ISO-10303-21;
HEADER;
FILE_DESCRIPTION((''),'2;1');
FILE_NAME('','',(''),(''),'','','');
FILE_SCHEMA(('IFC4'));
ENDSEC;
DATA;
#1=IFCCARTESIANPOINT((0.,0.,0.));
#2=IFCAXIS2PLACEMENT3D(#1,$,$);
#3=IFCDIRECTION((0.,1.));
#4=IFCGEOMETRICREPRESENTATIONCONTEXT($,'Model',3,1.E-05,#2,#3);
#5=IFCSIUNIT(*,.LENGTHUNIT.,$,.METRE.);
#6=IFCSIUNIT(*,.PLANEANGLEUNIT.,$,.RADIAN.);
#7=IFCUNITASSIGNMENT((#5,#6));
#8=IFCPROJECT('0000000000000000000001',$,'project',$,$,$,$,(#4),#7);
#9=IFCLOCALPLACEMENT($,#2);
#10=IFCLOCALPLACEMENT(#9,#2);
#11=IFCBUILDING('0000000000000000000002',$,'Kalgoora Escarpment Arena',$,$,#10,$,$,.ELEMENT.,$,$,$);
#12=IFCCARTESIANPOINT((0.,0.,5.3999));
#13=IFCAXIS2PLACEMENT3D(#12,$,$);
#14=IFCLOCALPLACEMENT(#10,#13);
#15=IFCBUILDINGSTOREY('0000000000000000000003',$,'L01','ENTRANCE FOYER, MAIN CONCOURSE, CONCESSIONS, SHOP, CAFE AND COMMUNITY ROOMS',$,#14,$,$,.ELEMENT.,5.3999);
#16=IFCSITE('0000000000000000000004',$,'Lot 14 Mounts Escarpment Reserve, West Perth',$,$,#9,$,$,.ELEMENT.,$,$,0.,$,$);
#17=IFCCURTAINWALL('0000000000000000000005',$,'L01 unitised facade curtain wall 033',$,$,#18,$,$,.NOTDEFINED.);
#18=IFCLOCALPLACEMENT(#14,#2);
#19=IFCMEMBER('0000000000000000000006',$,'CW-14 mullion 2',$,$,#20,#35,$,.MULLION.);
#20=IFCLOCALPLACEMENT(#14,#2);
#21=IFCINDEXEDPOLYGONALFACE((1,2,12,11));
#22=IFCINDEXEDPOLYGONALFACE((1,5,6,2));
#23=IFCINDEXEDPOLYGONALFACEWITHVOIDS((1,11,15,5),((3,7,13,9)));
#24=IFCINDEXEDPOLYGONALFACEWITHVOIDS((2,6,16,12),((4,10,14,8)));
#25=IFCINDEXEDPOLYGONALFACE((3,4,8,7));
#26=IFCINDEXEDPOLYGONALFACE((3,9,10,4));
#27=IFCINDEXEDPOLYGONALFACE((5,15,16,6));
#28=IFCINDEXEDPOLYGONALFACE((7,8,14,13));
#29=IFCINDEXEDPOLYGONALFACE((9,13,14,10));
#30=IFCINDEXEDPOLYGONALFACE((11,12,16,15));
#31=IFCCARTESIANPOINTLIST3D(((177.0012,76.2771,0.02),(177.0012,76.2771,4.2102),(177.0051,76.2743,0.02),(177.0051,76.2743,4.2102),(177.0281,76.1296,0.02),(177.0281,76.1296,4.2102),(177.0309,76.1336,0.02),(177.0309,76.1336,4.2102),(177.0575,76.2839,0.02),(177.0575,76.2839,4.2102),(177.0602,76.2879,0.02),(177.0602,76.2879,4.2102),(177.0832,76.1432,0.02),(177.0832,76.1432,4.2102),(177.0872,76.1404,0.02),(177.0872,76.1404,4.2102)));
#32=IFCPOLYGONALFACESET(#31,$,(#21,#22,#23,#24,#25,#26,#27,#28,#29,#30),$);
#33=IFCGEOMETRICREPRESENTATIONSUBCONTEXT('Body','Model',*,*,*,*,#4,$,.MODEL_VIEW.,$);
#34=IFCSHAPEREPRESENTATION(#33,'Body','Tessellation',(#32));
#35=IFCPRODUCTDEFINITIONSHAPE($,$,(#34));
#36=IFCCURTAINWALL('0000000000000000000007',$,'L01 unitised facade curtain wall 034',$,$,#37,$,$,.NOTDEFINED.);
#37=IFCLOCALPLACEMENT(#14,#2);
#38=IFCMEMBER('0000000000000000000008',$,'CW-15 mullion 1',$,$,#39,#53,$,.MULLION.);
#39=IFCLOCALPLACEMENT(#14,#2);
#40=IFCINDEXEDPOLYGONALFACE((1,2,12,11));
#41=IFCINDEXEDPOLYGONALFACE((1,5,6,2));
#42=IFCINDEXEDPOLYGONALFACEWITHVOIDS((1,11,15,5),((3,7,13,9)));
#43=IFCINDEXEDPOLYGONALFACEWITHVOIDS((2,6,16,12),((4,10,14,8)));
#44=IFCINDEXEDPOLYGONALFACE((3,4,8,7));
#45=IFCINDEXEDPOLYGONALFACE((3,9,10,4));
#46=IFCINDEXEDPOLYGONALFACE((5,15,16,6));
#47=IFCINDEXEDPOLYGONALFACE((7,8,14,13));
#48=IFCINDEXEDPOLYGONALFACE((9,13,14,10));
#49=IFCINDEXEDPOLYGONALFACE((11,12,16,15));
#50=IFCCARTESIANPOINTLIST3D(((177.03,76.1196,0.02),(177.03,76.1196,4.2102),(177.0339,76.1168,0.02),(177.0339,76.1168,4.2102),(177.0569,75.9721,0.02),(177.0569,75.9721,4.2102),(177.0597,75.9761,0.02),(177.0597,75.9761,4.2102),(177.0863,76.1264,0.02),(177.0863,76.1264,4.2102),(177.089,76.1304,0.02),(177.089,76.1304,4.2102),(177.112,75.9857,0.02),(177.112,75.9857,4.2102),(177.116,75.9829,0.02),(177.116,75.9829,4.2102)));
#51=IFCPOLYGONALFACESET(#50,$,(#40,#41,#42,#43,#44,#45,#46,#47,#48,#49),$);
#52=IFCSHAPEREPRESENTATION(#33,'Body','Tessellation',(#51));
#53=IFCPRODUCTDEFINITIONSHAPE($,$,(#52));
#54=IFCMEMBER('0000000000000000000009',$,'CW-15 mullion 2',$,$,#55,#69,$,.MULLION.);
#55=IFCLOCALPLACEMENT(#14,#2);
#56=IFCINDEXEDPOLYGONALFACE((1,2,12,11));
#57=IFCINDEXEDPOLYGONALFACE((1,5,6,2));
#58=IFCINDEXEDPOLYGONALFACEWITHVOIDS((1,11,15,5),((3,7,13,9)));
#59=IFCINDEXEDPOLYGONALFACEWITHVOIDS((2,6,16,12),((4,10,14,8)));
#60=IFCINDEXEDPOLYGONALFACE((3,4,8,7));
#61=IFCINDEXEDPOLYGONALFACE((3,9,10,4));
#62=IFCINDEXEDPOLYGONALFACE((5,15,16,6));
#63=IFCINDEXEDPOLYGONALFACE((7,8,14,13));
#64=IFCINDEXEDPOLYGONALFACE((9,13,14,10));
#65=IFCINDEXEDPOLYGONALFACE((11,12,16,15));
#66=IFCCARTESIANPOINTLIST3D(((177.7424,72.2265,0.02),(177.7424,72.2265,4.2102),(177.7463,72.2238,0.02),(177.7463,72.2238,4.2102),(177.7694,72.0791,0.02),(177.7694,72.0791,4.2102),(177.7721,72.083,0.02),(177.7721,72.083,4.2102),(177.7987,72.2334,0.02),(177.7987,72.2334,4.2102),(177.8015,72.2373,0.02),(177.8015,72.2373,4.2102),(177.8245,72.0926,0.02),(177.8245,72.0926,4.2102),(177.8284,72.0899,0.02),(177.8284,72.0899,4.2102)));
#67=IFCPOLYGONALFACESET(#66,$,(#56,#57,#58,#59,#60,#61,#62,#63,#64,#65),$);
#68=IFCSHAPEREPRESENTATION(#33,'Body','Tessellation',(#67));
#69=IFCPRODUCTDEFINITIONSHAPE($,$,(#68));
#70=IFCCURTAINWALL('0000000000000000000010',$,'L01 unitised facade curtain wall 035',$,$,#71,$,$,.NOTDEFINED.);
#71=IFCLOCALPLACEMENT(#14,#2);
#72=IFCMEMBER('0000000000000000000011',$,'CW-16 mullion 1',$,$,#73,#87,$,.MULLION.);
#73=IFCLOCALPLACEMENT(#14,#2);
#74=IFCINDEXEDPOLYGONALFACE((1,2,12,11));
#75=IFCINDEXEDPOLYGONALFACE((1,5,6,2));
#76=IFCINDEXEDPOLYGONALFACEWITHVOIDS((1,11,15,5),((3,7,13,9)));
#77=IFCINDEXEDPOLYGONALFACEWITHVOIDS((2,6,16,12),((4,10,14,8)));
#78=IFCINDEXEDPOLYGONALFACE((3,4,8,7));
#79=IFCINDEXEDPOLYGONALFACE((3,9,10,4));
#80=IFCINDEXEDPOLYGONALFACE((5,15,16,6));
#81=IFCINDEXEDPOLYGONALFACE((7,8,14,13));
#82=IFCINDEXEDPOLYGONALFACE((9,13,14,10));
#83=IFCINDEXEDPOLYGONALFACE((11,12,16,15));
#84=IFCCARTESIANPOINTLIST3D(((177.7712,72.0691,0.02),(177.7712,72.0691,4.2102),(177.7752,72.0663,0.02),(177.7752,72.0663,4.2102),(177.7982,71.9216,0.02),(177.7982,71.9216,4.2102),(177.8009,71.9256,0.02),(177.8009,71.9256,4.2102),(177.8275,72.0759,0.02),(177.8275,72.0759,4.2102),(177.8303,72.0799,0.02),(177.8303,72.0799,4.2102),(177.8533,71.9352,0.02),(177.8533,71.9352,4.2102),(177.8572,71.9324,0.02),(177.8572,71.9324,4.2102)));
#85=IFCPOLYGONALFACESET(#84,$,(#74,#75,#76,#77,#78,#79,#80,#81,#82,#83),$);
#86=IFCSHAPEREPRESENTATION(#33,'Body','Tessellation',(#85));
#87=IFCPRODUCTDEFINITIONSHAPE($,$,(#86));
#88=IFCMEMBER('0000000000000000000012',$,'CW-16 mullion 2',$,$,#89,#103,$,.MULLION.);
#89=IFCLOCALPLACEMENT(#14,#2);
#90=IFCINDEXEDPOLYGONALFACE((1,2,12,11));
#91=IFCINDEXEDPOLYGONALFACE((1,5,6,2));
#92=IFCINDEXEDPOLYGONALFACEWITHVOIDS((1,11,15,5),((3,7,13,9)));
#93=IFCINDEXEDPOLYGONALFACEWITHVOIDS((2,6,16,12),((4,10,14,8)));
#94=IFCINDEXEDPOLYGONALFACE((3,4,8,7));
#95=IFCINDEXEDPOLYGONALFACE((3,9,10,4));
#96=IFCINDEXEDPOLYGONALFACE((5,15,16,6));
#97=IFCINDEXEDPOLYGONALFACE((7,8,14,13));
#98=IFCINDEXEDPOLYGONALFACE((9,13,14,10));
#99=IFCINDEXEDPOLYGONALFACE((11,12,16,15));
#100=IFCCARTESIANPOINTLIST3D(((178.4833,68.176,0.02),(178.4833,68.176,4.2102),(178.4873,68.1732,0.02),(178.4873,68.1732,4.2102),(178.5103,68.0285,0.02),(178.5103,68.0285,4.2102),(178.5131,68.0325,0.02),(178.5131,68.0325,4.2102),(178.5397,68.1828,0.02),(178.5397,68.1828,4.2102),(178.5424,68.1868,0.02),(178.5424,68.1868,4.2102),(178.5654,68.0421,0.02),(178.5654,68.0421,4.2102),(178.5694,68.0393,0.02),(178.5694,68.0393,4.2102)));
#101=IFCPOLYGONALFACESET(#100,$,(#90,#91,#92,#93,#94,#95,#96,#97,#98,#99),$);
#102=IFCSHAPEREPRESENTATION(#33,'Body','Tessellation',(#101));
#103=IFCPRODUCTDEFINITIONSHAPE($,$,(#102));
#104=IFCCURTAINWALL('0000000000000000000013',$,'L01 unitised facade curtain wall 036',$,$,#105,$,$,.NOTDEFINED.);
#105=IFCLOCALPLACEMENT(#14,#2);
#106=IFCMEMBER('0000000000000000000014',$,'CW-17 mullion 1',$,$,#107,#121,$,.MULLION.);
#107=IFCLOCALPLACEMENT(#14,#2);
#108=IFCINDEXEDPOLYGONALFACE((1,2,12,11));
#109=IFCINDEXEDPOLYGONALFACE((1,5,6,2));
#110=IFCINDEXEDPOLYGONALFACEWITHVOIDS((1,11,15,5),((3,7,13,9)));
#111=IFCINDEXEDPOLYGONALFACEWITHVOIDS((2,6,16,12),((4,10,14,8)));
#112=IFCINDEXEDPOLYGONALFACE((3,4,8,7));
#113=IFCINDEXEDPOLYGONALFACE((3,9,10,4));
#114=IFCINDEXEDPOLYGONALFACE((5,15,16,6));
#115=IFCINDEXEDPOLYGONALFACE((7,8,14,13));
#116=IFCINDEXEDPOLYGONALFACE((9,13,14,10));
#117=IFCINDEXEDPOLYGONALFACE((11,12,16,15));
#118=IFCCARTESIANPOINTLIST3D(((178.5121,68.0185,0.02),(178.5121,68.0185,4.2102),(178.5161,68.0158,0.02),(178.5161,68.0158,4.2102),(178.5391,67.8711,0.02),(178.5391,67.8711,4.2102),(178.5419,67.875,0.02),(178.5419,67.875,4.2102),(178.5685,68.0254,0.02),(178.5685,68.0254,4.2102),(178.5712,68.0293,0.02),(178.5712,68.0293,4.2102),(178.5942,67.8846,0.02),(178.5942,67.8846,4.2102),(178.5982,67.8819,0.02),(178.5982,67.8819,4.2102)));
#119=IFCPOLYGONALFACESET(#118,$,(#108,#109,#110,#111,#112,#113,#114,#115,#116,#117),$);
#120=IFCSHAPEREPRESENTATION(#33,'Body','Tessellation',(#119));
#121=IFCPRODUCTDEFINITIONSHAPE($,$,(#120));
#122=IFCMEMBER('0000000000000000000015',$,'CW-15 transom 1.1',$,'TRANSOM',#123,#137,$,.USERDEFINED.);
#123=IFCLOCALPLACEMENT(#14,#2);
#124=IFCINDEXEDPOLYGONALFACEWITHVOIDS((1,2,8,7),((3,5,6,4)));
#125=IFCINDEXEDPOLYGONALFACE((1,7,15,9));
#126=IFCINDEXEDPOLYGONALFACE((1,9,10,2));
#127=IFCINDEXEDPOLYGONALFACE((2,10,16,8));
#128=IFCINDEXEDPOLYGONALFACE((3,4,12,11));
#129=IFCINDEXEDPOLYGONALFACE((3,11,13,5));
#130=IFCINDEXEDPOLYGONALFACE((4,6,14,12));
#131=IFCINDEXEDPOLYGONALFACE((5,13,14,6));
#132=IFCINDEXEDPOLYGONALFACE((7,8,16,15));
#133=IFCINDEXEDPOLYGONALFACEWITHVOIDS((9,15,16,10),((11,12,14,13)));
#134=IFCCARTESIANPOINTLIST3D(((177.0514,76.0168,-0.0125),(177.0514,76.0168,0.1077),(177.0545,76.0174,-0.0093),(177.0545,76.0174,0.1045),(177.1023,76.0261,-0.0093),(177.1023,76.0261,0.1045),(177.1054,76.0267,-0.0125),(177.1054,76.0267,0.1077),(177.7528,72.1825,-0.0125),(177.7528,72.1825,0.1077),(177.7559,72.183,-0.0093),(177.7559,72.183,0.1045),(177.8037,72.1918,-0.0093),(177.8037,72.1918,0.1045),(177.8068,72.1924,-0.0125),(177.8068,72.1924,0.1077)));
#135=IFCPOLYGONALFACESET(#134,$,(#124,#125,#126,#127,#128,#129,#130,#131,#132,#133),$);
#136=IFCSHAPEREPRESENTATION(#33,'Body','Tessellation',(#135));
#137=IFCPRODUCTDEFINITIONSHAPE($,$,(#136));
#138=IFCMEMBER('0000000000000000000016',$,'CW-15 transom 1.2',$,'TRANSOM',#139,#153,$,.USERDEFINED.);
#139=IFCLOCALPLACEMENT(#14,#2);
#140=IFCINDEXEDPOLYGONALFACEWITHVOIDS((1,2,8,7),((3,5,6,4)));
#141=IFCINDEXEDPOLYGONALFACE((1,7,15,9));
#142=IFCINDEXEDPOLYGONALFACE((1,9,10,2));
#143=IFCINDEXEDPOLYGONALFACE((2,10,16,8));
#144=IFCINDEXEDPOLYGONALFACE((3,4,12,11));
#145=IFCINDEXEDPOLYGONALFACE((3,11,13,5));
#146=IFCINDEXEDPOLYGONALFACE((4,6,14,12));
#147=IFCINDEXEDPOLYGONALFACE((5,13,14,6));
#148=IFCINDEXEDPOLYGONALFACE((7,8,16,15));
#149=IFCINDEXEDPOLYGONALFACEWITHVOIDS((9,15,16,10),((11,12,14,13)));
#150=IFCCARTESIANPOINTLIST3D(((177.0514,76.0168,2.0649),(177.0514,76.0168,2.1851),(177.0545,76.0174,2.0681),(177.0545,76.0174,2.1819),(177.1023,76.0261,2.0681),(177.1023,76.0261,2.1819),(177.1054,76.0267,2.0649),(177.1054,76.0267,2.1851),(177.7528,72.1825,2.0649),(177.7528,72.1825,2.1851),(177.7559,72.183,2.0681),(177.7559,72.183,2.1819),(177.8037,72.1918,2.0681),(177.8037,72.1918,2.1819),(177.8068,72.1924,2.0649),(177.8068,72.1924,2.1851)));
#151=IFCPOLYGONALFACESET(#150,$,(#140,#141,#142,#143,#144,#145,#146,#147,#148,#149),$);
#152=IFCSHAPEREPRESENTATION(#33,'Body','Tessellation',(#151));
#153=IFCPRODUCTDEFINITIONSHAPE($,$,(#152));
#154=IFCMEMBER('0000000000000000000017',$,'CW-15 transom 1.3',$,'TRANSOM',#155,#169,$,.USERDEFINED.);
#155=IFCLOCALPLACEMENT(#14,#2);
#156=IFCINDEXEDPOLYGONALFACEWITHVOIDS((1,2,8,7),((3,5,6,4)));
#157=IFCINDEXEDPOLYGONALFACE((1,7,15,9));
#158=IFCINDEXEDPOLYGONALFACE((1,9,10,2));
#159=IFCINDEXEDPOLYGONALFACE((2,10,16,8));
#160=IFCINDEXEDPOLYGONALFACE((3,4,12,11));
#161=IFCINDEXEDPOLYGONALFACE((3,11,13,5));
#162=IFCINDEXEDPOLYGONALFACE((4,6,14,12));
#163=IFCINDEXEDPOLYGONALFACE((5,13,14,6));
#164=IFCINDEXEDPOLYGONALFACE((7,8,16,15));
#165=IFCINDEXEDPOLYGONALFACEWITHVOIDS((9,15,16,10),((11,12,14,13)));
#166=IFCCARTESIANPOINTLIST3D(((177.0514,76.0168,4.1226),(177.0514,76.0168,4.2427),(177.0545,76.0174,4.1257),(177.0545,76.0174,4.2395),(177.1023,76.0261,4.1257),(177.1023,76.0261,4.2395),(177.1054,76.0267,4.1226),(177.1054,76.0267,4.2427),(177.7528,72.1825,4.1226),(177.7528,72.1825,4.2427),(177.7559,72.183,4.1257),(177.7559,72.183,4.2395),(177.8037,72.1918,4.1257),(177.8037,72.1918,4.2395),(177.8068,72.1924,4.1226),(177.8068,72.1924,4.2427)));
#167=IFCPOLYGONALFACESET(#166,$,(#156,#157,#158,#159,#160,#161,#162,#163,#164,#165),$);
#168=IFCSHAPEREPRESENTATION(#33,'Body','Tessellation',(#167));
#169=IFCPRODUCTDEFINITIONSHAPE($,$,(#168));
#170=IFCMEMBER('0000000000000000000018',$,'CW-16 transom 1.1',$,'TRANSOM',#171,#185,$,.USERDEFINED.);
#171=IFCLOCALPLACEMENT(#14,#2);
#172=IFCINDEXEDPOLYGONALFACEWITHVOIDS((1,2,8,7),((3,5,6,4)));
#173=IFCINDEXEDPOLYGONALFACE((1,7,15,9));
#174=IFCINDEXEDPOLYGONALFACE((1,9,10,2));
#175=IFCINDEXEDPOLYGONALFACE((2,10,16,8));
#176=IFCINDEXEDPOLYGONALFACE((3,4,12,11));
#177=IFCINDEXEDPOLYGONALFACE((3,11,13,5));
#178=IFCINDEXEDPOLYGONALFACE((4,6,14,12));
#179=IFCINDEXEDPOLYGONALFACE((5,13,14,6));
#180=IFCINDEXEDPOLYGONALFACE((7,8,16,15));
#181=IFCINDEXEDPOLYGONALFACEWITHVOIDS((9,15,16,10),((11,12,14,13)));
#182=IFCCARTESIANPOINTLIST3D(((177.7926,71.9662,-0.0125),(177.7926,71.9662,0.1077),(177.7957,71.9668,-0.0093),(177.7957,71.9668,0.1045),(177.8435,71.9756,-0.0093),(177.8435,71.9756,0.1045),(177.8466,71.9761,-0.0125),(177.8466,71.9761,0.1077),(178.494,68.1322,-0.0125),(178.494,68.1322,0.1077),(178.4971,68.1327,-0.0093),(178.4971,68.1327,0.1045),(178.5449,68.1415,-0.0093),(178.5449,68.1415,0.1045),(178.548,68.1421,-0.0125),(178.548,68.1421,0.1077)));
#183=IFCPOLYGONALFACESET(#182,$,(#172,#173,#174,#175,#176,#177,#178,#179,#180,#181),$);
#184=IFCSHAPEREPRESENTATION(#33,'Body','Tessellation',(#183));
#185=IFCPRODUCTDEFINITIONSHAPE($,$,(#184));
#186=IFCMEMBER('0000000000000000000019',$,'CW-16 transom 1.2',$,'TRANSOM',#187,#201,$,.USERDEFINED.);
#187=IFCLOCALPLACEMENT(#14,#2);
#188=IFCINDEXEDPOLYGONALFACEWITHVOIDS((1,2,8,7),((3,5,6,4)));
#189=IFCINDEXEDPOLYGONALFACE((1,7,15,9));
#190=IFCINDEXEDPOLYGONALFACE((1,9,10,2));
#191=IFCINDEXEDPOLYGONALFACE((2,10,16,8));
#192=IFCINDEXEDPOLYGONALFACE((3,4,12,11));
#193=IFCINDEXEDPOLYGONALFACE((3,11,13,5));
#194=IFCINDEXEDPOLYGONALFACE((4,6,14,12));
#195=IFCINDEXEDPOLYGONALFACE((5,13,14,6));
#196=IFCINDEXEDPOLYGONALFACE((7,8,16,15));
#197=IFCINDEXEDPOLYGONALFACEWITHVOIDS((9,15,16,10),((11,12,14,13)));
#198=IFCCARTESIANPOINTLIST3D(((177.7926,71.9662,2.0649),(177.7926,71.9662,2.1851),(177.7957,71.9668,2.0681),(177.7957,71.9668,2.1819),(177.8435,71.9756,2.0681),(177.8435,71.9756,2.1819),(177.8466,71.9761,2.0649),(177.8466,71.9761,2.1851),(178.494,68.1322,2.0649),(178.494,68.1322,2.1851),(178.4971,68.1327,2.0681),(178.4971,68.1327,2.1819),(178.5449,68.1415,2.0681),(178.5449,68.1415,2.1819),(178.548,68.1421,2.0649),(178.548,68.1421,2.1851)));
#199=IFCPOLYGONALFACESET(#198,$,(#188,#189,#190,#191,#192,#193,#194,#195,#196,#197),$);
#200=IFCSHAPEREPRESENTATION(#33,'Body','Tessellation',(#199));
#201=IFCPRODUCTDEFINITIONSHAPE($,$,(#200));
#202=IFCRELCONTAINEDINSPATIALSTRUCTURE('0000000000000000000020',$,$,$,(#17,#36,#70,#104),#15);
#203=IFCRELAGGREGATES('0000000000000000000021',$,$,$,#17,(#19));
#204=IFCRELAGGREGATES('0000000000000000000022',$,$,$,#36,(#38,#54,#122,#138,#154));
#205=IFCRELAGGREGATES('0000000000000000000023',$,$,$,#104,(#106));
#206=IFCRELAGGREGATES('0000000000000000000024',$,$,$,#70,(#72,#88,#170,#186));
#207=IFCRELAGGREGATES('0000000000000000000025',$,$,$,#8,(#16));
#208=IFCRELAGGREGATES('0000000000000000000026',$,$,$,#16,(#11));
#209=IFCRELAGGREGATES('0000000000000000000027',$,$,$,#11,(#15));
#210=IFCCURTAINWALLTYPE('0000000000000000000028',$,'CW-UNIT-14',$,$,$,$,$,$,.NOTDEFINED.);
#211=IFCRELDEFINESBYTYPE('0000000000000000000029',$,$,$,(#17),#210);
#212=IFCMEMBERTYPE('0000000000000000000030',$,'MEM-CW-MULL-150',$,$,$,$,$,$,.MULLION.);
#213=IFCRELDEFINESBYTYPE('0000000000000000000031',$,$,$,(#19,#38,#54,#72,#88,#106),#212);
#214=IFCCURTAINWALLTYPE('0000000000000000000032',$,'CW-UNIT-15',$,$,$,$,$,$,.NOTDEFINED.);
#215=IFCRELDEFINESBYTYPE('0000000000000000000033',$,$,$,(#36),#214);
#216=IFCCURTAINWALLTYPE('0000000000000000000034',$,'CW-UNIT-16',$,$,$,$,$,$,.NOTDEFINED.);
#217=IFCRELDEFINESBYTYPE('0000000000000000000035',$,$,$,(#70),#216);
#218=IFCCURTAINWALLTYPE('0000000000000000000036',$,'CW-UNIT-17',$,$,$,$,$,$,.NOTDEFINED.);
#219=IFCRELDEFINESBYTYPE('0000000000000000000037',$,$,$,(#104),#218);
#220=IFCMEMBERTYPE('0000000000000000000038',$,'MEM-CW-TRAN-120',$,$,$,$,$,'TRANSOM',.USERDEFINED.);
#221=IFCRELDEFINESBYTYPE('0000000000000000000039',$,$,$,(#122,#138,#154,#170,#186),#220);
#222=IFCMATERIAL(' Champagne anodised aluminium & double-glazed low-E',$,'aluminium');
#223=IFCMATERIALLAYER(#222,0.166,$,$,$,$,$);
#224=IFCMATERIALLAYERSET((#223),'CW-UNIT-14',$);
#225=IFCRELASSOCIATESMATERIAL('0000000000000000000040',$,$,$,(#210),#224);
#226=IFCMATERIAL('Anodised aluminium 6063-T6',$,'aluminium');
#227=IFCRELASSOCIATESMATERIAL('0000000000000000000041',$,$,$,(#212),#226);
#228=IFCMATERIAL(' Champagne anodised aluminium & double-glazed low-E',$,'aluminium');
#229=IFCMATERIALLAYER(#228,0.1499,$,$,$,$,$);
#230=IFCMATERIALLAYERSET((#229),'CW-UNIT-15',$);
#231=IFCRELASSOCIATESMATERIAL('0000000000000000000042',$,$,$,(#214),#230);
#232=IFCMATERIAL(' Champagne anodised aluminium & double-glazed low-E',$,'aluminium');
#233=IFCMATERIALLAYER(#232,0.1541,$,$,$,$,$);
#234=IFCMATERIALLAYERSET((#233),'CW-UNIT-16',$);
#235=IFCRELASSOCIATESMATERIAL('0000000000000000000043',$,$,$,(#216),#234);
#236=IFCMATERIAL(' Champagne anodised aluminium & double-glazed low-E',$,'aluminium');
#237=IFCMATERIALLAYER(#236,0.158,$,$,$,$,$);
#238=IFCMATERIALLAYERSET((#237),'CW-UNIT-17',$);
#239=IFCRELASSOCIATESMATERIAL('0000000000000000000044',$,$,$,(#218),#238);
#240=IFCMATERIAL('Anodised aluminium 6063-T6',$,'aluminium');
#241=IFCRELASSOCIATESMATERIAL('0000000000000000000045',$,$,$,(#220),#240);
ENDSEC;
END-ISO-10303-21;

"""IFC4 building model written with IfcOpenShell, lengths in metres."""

from ifc_helpers import new_model, si_unit, direction, frame, origin, origin_2d, place, context, subcontext, project, spatial, hollow_rectangle, extrude, material, layer, layer_set, material_profile, profile_set, type_object, element, aggregate, save


model = new_model("IFC4")

# Units and contexts
model_context = context("Model", 3, precision=1e-05, world=origin(), true_north=direction((0.0, 1.0)))
body_context = subcontext(model_context, "Body", "Model", "MODEL_VIEW")
ifc_project = project(units=[si_unit("LENGTHUNIT", "METRE"), si_unit("PLANEANGLEUNIT", "RADIAN")], contexts=[model_context])

# Site, building, storey
site_placement = place(None, origin())
site = spatial("IfcSite", under=ifc_project, at=site_placement, Name="Lot 14 Mounts Escarpment Reserve, West Perth", CompositionType="ELEMENT", RefElevation=0.0)
building_placement = place(site_placement, origin())
building = spatial("IfcBuilding", under=site, at=building_placement, Name="Kalgoora Escarpment Arena", CompositionType="ELEMENT")
storey_placement = place(building_placement, frame((0.0, 0.0, 5.3999)))
storey = spatial("IfcBuildingStorey", under=building, at=storey_placement, Name="L01", Description="ENTRANCE FOYER, MAIN CONCOURSE, CONCESSIONS, SHOP, CAFE AND COMMUNITY ROOMS", CompositionType="ELEMENT", Elevation=5.3999)

# Curtain wall, member
ifc_material_1 = material(Name=" Champagne anodised aluminium & double-glazed low-E", Category="aluminium")
ifc_layer_1 = layer(ifc_material_1, 0.166)
ifc_layer_set_1 = layer_set([ifc_layer_1], Name="CW-UNIT-14")
curtain_wall_type_1 = type_object("IfcCurtainWallType", Name="CW-UNIT-14", PredefinedType="NOTDEFINED", material=ifc_layer_set_1)
curtain_wall_1_placement = place(storey_placement, origin())
curtain_wall_1 = element("IfcCurtainWall", 1, at=curtain_wall_1_placement, inside=storey, type_object=curtain_wall_type_1, Name="L01 unitised facade curtain wall 033", PredefinedType="NOTDEFINED")
ifc_material_2 = material(Name="Anodised aluminium 6063-T6", Category="aluminium")
ifc_material_profile_1 = material_profile(ifc_material_2, hollow_rectangle(XDim=0.0601, YDim=0.1499, WallThickness=0.0034, at=origin_2d()))
ifc_profile_set_1 = profile_set([ifc_material_profile_1], Name="Anodised aluminium 6063-T6")
member_type_1 = type_object("IfcMemberType", Name="MEM-CW-MULL-150", PredefinedType="MULLION", material=ifc_profile_set_1)
member_1_placement = place(storey_placement, frame((177.0442, 76.2087, 0.02), z_axis=(0.0, 0.0, 1.0), x_axis=(0.983671, 0.179978, 0.0)))
member_1 = element("IfcMember", 2, at=member_1_placement, type_object=member_type_1, Name="CW-14 mullion 2", PredefinedType="MULLION", context=body_context, shape_type="SweptSolid", body=[
    extrude(hollow_rectangle(XDim=0.0601, YDim=0.1499, WallThickness=0.0034, at=origin_2d()), origin(), (0.0, 0.0, 1.0), 4.1902),
])
aggregate(curtain_wall_1, [member_1])

# Curtain walls, members
ifc_material_3 = material(Name=" Champagne anodised aluminium & double-glazed low-E", Category="aluminium")
ifc_layer_2 = layer(ifc_material_3, 0.1499)
ifc_layer_set_2 = layer_set([ifc_layer_2], Name="CW-UNIT-15")
curtain_wall_type_2 = type_object("IfcCurtainWallType", Name="CW-UNIT-15", PredefinedType="NOTDEFINED", material=ifc_layer_set_2)
curtain_wall_2_placement = place(storey_placement, origin())
curtain_wall_2 = element("IfcCurtainWall", 3, at=curtain_wall_2_placement, inside=storey, type_object=curtain_wall_type_2, Name="L01 unitised facade curtain wall 034", PredefinedType="NOTDEFINED")
member_2_placement = place(storey_placement, frame((177.073, 76.0513, 0.02), z_axis=(0.0, 0.0, 1.0), x_axis=(0.983671, 0.179974, 0.0)))
member_2 = element("IfcMember", 4, at=member_2_placement, type_object=member_type_1, Name="CW-15 mullion 1", PredefinedType="MULLION", context=body_context, shape_type="SweptSolid", body=[
    extrude(hollow_rectangle(XDim=0.0601, YDim=0.1499, WallThickness=0.0034, at=origin_2d()), origin(), (0.0, 0.0, 1.0), 4.1902),
])
member_3_placement = place(storey_placement, frame((177.7854, 72.1582, 0.02), z_axis=(0.0, 0.0, 1.0), x_axis=(0.983671, 0.179974, 0.0)))
member_3 = element("IfcMember", 5, at=member_3_placement, type_object=member_type_1, Name="CW-15 mullion 2", PredefinedType="MULLION", context=body_context, shape_type="SweptSolid", body=[
    extrude(hollow_rectangle(XDim=0.0601, YDim=0.1499, WallThickness=0.0034, at=origin_2d()), origin(), (0.0, 0.0, 1.0), 4.1902),
])
ifc_material_4 = material(Name=" Champagne anodised aluminium & double-glazed low-E", Category="aluminium")
ifc_layer_3 = layer(ifc_material_4, 0.1541)
ifc_layer_set_3 = layer_set([ifc_layer_3], Name="CW-UNIT-16")
curtain_wall_type_3 = type_object("IfcCurtainWallType", Name="CW-UNIT-16", PredefinedType="NOTDEFINED", material=ifc_layer_set_3)
curtain_wall_3_placement = place(storey_placement, origin())
curtain_wall_3 = element("IfcCurtainWall", 6, at=curtain_wall_3_placement, inside=storey, type_object=curtain_wall_type_3, Name="L01 unitised facade curtain wall 035", PredefinedType="NOTDEFINED")
member_4_placement = place(storey_placement, frame((177.8142, 72.0007, 0.02), z_axis=(0.0, 0.0, 1.0), x_axis=(0.983671, 0.179974, 0.0)))
member_4 = element("IfcMember", 7, at=member_4_placement, type_object=member_type_1, Name="CW-16 mullion 1", PredefinedType="MULLION", context=body_context, shape_type="SweptSolid", body=[
    extrude(hollow_rectangle(XDim=0.0601, YDim=0.1499, WallThickness=0.0034, at=origin_2d()), origin(), (0.0, 0.0, 1.0), 4.1902),
])
member_5_placement = place(storey_placement, frame((178.5264, 68.1077, 0.02), z_axis=(0.0, 0.0, 1.0), x_axis=(0.983671, 0.179974, 0.0)))
member_5 = element("IfcMember", 8, at=member_5_placement, type_object=member_type_1, Name="CW-16 mullion 2", PredefinedType="MULLION", context=body_context, shape_type="SweptSolid", body=[
    extrude(hollow_rectangle(XDim=0.0601, YDim=0.1499, WallThickness=0.0034, at=origin_2d()), origin(), (0.0, 0.0, 1.0), 4.1902),
])

# Curtain wall, member
ifc_material_5 = material(Name=" Champagne anodised aluminium & double-glazed low-E", Category="aluminium")
ifc_layer_4 = layer(ifc_material_5, 0.158)
ifc_layer_set_4 = layer_set([ifc_layer_4], Name="CW-UNIT-17")
curtain_wall_type_4 = type_object("IfcCurtainWallType", Name="CW-UNIT-17", PredefinedType="NOTDEFINED", material=ifc_layer_set_4)
curtain_wall_4_placement = place(storey_placement, origin())
curtain_wall_4 = element("IfcCurtainWall", 9, at=curtain_wall_4_placement, inside=storey, type_object=curtain_wall_type_4, Name="L01 unitised facade curtain wall 036", PredefinedType="NOTDEFINED")
member_6_placement = place(storey_placement, frame((178.5552, 67.9502, 0.02), z_axis=(0.0, 0.0, 1.0), x_axis=(0.983666, 0.180002, 0.0)))
member_6 = element("IfcMember", 10, at=member_6_placement, type_object=member_type_1, Name="CW-17 mullion 1", PredefinedType="MULLION", context=body_context, shape_type="SweptSolid", body=[
    extrude(hollow_rectangle(XDim=0.0601, YDim=0.1499, WallThickness=0.0034, at=origin_2d()), origin(), (0.0, 0.0, 1.0), 4.1902),
])

# Members
ifc_material_6 = material(Name="Anodised aluminium 6063-T6", Category="aluminium")
ifc_material_profile_2 = material_profile(ifc_material_6, hollow_rectangle(XDim=0.0549, YDim=0.1201, WallThickness=0.0032, at=origin_2d()))
ifc_profile_set_2 = profile_set([ifc_material_profile_2], Name="Anodised aluminium 6063-T6")
member_type_2 = type_object("IfcMemberType", Name="MEM-CW-TRAN-120", ElementType="TRANSOM", PredefinedType="USERDEFINED", material=ifc_profile_set_2)
member_7_placement = place(storey_placement, frame((177.0784, 76.0217, 0.0476), z_axis=(0.179949, -0.983676, 0.0), x_axis=(0.983676, 0.179949, 0.0)))
member_7 = element("IfcMember", 11, at=member_7_placement, type_object=member_type_2, Name="CW-15 transom 1.1", ObjectType="TRANSOM", PredefinedType="USERDEFINED", context=body_context, shape_type="SweptSolid", body=[
    extrude(hollow_rectangle(XDim=0.0549, YDim=0.1201, WallThickness=0.0032, at=origin_2d()), origin(), (0.0, 0.0, 1.0), 3.8979),
])
member_8_placement = place(storey_placement, frame((177.0784, 76.0217, 2.125), z_axis=(0.179949, -0.983676, 0.0), x_axis=(0.983676, 0.179949, 0.0)))
member_8 = element("IfcMember", 12, at=member_8_placement, type_object=member_type_2, Name="CW-15 transom 1.2", ObjectType="TRANSOM", PredefinedType="USERDEFINED", context=body_context, shape_type="SweptSolid", body=[
    extrude(hollow_rectangle(XDim=0.0549, YDim=0.1201, WallThickness=0.0032, at=origin_2d()), origin(), (0.0, 0.0, 1.0), 3.8979),
])
member_9_placement = place(storey_placement, frame((177.0784, 76.0217, 4.1826), z_axis=(0.179949, -0.983676, 0.0), x_axis=(0.983676, 0.179949, 0.0)))
member_9 = element("IfcMember", 13, at=member_9_placement, type_object=member_type_2, Name="CW-15 transom 1.3", ObjectType="TRANSOM", PredefinedType="USERDEFINED", context=body_context, shape_type="SweptSolid", body=[
    extrude(hollow_rectangle(XDim=0.0549, YDim=0.1201, WallThickness=0.0032, at=origin_2d()), origin(), (0.0, 0.0, 1.0), 3.8979),
])
member_10_placement = place(storey_placement, frame((177.8196, 71.9712, 0.0476), z_axis=(0.17996, -0.983674, 0.0), x_axis=(0.983674, 0.17996, 0.0)))
member_10 = element("IfcMember", 14, at=member_10_placement, type_object=member_type_2, Name="CW-16 transom 1.1", ObjectType="TRANSOM", PredefinedType="USERDEFINED", context=body_context, shape_type="SweptSolid", body=[
    extrude(hollow_rectangle(XDim=0.0549, YDim=0.1201, WallThickness=0.0032, at=origin_2d()), origin(), (0.0, 0.0, 1.0), 3.8977),
])
member_11_placement = place(storey_placement, frame((177.8196, 71.9712, 2.125), z_axis=(0.17996, -0.983674, 0.0), x_axis=(0.983674, 0.17996, 0.0)))
member_11 = element("IfcMember", 15, at=member_11_placement, type_object=member_type_2, Name="CW-16 transom 1.2", ObjectType="TRANSOM", PredefinedType="USERDEFINED", context=body_context, shape_type="SweptSolid", body=[
    extrude(hollow_rectangle(XDim=0.0549, YDim=0.1201, WallThickness=0.0032, at=origin_2d()), origin(), (0.0, 0.0, 1.0), 3.8977),
])

aggregate(curtain_wall_2, [member_2, member_3, member_7, member_8, member_9])
aggregate(curtain_wall_4, [member_6])
aggregate(curtain_wall_3, [member_4, member_5, member_10, member_11])

save(model, "model.ifc")
